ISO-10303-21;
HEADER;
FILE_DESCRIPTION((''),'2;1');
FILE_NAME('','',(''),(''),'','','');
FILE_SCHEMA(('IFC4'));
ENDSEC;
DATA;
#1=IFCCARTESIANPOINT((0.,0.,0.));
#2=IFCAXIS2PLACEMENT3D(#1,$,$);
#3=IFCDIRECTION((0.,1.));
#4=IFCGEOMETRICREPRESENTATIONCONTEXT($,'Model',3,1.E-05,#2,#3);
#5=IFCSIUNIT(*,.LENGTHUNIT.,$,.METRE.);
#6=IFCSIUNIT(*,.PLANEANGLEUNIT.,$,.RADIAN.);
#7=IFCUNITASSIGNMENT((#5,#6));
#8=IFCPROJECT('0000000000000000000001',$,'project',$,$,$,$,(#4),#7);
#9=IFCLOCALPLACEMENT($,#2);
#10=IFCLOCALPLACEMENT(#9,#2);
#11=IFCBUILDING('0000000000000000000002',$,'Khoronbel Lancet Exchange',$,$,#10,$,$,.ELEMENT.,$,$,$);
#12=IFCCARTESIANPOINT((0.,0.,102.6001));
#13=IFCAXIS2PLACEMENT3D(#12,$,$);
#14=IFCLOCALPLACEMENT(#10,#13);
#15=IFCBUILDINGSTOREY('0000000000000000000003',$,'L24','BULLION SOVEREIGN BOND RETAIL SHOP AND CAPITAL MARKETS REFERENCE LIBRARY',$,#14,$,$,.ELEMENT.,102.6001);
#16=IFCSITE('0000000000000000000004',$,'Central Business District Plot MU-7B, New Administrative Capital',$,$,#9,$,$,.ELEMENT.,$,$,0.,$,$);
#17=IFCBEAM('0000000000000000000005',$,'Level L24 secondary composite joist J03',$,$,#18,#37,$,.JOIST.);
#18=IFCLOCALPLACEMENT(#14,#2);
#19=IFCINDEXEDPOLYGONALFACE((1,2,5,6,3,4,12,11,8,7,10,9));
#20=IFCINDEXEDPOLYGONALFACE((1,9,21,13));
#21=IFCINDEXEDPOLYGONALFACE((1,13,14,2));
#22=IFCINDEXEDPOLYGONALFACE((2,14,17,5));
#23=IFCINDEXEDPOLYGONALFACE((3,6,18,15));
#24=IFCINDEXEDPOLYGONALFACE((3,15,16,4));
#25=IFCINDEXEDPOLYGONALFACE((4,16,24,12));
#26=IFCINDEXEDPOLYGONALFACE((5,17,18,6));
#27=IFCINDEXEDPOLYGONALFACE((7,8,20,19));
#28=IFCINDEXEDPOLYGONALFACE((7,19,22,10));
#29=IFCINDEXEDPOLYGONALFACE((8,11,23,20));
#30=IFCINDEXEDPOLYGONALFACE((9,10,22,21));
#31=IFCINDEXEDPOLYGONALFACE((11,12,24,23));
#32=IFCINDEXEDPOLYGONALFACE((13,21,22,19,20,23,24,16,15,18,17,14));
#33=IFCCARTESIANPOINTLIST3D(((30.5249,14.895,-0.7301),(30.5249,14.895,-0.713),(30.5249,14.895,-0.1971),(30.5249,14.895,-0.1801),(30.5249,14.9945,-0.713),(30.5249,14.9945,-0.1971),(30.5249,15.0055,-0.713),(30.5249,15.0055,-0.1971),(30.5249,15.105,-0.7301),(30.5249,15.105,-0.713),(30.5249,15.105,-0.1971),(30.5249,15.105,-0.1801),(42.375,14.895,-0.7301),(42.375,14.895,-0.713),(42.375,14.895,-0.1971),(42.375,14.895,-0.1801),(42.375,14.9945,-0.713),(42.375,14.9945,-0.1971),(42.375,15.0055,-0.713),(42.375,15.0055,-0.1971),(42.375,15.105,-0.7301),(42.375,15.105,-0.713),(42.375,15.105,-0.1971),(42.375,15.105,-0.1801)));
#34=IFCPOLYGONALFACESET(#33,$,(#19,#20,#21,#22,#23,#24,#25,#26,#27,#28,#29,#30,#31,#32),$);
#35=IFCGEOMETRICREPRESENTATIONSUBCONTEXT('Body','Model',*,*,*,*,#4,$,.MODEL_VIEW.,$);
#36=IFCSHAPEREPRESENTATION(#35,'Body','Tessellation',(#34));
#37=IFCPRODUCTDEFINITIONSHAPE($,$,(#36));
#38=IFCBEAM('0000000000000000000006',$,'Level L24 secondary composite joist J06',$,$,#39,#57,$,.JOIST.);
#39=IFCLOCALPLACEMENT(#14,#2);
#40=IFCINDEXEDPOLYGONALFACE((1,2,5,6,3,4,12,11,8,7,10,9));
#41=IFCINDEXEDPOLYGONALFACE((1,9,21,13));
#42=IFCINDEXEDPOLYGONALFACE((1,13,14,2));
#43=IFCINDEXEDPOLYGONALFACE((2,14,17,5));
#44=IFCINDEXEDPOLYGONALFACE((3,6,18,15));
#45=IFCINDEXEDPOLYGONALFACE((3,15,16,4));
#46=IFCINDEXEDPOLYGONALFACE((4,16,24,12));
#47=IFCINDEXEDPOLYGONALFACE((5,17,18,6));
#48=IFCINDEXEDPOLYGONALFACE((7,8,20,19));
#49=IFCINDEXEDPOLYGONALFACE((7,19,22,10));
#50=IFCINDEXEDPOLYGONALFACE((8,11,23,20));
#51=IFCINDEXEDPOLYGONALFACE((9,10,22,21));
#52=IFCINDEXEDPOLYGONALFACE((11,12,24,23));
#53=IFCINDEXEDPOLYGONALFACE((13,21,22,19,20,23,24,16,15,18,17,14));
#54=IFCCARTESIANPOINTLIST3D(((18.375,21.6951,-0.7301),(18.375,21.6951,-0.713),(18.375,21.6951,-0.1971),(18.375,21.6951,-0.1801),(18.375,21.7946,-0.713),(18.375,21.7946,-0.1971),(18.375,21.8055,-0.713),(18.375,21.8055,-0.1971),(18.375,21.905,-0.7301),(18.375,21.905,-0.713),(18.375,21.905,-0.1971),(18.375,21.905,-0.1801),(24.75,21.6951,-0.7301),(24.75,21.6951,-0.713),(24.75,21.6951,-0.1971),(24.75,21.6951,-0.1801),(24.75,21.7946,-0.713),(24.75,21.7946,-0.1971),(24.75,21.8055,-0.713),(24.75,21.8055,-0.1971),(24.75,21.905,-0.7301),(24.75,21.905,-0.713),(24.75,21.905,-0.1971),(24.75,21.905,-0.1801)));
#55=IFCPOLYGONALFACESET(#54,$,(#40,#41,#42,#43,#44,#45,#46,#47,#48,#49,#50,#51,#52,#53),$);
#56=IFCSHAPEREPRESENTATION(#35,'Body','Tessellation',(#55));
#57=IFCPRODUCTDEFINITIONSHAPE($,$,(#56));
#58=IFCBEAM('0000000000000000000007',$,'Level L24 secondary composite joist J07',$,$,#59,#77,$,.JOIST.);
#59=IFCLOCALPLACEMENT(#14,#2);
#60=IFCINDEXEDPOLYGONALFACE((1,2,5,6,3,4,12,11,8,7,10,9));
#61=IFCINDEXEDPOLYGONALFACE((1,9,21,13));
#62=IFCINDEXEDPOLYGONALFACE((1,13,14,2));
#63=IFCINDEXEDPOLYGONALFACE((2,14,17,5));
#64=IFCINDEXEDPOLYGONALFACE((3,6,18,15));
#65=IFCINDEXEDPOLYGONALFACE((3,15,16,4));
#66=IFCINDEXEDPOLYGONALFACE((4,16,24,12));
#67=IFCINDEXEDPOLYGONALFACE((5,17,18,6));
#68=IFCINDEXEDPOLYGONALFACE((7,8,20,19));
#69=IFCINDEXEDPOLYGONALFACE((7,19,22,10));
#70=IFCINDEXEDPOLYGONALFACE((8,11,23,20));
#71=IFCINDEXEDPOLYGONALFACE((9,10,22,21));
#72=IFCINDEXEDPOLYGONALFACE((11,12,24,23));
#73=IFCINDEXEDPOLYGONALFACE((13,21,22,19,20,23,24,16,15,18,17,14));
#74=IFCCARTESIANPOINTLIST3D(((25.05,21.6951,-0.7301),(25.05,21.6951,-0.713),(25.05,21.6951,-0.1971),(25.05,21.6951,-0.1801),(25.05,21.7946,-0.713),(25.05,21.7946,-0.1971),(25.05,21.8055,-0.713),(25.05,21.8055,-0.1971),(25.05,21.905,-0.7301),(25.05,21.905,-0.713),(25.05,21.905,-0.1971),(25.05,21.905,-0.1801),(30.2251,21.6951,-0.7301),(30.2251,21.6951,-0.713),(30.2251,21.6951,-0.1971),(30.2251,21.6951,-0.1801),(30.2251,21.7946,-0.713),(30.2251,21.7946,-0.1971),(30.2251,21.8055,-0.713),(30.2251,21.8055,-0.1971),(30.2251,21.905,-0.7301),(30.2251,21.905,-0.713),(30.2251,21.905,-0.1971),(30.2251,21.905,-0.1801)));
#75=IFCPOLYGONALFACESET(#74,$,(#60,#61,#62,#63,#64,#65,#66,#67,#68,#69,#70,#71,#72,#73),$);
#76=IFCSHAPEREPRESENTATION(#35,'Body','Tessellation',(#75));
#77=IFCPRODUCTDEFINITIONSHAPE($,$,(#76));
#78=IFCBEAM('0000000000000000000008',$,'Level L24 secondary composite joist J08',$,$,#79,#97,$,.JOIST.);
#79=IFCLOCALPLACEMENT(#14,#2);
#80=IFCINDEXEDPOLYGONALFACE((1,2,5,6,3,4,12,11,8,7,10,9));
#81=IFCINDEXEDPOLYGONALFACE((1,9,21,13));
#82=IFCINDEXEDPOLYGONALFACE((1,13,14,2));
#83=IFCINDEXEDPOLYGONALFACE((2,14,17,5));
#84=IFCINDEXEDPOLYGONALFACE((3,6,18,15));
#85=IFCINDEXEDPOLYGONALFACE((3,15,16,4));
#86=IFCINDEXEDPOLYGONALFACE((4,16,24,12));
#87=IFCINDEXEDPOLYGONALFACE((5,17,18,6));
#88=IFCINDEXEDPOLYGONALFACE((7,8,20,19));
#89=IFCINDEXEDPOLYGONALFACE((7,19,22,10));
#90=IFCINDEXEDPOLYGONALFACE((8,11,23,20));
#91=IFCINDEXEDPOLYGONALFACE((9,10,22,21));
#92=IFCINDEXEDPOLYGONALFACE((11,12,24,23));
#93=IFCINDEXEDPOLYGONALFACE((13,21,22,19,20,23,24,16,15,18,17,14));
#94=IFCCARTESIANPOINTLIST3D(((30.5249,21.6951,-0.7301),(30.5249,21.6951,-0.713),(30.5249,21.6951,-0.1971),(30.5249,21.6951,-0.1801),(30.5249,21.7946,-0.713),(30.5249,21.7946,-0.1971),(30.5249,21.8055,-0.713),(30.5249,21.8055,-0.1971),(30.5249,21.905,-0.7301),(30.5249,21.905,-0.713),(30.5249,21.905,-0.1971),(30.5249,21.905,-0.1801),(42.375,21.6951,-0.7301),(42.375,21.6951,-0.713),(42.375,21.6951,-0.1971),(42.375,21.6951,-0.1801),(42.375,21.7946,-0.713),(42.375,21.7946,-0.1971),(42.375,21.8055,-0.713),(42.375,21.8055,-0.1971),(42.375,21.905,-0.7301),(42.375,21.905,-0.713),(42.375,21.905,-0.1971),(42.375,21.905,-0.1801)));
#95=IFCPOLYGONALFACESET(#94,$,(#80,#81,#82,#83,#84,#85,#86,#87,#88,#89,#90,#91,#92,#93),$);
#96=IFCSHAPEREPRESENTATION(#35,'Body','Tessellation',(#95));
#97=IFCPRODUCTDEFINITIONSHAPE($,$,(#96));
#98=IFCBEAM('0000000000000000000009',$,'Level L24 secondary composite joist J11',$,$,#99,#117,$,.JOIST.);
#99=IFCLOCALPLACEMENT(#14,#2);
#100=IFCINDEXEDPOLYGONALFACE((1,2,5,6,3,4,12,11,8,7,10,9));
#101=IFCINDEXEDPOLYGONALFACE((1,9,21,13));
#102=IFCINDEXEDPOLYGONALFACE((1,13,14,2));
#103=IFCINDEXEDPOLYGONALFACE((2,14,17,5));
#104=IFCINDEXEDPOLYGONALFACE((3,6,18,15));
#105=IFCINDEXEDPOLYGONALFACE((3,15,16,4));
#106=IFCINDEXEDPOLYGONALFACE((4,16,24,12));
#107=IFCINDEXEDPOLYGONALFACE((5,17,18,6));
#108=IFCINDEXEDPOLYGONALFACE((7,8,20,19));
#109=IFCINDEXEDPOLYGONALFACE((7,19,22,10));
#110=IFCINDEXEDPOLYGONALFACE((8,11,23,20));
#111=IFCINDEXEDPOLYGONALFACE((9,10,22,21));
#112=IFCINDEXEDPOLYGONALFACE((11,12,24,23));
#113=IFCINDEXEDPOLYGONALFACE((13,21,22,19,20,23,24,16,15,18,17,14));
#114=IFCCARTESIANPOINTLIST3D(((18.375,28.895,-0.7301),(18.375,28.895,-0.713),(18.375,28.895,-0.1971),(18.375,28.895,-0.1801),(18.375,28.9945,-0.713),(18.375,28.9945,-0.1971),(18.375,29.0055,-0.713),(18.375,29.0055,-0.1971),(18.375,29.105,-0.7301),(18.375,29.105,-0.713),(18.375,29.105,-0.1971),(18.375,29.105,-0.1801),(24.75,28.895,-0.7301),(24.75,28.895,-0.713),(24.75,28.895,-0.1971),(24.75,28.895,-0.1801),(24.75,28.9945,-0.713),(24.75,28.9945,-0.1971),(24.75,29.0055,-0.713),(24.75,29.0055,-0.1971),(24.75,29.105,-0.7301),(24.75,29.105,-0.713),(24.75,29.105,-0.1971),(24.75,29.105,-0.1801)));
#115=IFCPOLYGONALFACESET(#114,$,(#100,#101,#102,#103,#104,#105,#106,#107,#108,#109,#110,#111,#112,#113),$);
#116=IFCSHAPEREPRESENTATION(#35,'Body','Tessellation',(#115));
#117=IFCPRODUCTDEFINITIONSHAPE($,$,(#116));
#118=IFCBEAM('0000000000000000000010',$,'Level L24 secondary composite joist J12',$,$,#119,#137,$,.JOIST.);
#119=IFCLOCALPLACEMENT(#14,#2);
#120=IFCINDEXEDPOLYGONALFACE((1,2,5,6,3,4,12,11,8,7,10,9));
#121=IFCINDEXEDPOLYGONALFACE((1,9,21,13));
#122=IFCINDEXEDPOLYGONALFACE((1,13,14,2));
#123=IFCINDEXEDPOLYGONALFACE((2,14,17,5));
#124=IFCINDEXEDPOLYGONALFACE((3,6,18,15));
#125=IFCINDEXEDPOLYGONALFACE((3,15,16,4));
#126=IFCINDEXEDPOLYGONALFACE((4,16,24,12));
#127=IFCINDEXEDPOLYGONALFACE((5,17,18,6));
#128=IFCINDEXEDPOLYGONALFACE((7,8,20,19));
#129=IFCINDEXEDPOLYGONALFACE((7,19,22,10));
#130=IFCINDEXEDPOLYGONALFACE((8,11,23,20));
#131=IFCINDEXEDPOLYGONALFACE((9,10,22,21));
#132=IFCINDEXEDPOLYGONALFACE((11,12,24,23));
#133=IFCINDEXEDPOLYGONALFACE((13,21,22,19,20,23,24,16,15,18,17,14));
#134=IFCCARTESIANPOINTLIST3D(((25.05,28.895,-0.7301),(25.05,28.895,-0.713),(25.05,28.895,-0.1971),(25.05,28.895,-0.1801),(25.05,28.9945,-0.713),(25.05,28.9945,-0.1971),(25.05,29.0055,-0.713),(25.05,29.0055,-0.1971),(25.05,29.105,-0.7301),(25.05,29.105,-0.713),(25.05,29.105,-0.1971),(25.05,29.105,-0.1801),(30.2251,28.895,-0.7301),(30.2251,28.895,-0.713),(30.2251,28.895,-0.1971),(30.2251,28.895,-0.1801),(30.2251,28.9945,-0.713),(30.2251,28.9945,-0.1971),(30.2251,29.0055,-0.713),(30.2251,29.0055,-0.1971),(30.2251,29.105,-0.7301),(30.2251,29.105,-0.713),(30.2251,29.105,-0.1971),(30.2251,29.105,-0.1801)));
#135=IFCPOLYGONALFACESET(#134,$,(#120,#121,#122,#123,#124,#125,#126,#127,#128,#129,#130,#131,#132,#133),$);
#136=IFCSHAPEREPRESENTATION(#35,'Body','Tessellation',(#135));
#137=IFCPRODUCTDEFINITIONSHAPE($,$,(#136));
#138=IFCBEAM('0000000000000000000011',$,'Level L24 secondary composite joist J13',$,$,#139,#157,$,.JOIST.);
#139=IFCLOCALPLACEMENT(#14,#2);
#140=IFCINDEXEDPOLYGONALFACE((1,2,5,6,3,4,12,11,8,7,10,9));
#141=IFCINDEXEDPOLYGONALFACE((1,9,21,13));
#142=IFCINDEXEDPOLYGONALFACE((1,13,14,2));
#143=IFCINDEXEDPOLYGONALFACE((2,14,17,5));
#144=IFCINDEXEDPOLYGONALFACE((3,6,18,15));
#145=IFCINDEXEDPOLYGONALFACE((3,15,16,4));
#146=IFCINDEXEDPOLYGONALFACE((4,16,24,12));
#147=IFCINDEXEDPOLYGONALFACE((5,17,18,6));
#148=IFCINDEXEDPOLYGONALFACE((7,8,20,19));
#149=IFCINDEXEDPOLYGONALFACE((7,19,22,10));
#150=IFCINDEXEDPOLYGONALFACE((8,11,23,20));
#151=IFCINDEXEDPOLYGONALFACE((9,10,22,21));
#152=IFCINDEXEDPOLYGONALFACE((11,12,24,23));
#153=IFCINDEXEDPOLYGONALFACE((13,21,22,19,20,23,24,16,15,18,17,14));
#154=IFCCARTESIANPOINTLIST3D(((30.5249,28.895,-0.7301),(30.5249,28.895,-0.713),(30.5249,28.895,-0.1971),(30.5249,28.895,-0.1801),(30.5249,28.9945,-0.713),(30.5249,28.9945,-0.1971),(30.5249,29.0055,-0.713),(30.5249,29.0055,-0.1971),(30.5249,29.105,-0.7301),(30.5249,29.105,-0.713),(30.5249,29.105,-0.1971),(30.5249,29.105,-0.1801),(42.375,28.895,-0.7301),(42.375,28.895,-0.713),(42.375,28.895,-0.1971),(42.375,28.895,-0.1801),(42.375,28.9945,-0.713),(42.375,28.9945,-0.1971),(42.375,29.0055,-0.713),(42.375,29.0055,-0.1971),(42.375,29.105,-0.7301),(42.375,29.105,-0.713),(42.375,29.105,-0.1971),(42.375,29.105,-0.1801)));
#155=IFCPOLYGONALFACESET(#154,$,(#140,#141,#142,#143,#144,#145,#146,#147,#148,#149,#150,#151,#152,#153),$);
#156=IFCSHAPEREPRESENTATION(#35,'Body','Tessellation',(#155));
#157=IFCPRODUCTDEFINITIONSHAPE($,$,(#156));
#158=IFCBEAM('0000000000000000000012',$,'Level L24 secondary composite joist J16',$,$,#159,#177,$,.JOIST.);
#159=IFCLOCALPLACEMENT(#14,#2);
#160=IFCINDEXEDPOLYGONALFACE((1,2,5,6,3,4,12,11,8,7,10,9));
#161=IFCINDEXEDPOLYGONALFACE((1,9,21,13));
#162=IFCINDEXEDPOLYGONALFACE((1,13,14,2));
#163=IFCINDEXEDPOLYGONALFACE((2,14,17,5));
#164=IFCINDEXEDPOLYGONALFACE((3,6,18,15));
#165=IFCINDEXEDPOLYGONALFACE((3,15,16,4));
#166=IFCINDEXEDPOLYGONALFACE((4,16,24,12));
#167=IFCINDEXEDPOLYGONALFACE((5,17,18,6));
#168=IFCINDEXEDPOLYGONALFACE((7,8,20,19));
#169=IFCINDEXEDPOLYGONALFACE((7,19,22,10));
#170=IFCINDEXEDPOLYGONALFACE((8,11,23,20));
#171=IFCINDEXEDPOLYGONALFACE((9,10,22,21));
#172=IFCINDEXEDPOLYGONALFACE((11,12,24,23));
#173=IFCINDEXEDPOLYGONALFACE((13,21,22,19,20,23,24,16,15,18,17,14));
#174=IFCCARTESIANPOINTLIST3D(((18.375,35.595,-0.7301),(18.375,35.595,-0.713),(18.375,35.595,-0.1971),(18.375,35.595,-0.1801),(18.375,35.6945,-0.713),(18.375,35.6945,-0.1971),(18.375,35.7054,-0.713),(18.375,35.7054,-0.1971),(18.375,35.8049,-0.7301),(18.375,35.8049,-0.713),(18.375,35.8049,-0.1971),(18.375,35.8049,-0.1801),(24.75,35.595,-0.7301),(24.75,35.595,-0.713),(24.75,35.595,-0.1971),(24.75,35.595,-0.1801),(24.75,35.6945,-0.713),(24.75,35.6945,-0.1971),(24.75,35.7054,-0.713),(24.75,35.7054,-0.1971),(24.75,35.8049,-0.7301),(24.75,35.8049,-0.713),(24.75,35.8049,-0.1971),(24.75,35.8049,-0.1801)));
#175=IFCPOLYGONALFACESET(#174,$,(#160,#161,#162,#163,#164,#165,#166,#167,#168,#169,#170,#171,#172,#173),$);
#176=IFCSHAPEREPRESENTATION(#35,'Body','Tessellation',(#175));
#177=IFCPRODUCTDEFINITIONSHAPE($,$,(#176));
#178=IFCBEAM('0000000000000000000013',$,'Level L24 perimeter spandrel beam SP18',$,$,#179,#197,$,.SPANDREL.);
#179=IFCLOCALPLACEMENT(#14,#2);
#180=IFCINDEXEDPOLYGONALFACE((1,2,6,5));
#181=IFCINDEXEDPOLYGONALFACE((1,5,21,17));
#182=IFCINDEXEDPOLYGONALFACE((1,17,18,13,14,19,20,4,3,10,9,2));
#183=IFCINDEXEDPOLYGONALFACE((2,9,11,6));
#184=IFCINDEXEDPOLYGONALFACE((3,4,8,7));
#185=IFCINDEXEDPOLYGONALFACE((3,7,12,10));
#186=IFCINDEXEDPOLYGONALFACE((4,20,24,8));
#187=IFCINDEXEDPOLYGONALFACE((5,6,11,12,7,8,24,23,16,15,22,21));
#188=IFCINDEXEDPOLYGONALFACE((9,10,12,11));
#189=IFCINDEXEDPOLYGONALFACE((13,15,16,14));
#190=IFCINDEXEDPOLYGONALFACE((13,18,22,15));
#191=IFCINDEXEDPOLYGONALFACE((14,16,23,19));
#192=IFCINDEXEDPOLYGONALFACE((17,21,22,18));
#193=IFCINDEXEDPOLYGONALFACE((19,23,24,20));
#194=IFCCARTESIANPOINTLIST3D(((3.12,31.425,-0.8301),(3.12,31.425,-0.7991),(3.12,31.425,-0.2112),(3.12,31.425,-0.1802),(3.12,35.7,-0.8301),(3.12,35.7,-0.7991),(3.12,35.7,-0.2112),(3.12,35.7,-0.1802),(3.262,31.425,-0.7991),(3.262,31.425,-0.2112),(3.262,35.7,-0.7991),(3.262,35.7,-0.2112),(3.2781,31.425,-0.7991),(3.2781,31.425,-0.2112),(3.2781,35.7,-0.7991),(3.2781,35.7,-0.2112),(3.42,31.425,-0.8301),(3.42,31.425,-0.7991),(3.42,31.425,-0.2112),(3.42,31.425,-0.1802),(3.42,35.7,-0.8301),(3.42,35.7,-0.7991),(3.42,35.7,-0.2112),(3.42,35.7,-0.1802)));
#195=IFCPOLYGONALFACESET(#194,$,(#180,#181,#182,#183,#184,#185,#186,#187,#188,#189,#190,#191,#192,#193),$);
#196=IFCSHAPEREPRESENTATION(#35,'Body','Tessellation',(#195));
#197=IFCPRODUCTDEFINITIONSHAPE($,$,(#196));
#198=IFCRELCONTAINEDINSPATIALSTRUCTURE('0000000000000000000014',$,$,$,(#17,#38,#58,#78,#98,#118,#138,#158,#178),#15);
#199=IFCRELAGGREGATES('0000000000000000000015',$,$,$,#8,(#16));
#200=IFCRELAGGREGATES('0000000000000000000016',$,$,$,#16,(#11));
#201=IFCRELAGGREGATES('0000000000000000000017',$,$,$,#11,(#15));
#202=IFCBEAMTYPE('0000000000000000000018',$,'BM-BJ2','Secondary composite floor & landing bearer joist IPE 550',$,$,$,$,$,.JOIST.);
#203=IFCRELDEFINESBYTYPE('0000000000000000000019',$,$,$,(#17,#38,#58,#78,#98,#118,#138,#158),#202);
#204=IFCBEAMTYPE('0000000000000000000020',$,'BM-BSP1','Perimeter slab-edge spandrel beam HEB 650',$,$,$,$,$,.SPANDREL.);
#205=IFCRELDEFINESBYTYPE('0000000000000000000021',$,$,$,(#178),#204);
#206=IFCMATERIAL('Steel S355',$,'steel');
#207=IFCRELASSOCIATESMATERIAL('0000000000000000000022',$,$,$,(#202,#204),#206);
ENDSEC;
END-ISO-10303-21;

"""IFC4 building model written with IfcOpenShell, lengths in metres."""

from ifc_helpers import new_model, si_unit, direction, frame, origin, origin_2d, place, context, subcontext, project, spatial, i_section, extrude, material, material_profile, profile_set, type_object, element, save


model = new_model("IFC4")

# Units and contexts
model_context = context("Model", 3, precision=1e-05, world=origin(), true_north=direction((0.0, 1.0)))
body_context = subcontext(model_context, "Body", "Model", "MODEL_VIEW")
ifc_project = project(units=[si_unit("LENGTHUNIT", "METRE"), si_unit("PLANEANGLEUNIT", "RADIAN")], contexts=[model_context])

# Site, building, storey
site_placement = place(None, origin())
site = spatial("IfcSite", under=ifc_project, at=site_placement, Name="Central Business District Plot MU-7B, New Administrative Capital", CompositionType="ELEMENT", RefElevation=0.0)
building_placement = place(site_placement, origin())
building = spatial("IfcBuilding", under=site, at=building_placement, Name="Khoronbel Lancet Exchange", CompositionType="ELEMENT")
storey_placement = place(building_placement, frame((0.0, 0.0, 102.6001)))
storey = spatial("IfcBuildingStorey", under=building, at=storey_placement, Name="L24", Description="BULLION SOVEREIGN BOND RETAIL SHOP AND CAPITAL MARKETS REFERENCE LIBRARY", CompositionType="ELEMENT", Elevation=102.6001)

# Shared definitions
ifc_material_1 = material(Name="Steel S355", Category="steel")

# Beams
ifc_material_profile_1 = material_profile(ifc_material_1, i_section(OverallWidth=0.21, OverallDepth=0.55, WebThickness=0.011, FlangeThickness=0.0171, at=origin_2d()), Name="IPE 550")
ifc_profile_set_1 = profile_set([ifc_material_profile_1], Name="Steel S355")
beam_type_1 = type_object("IfcBeamType", Name="BM-BJ2", Description="Secondary composite floor & landing bearer joist IPE 550", PredefinedType="JOIST", material=ifc_profile_set_1)
beam_1_placement = place(storey_placement, frame((30.5249, 15.0, -0.4551), z_axis=(1.0, 0.0, 0.0), x_axis=(0.0, 1.0, 0.0)))
element("IfcBeam", 1, at=beam_1_placement, inside=storey, type_object=beam_type_1, Name="Level L24 secondary composite joist J03", PredefinedType="JOIST", context=body_context, shape_type="SweptSolid", body=[
    extrude(i_section(OverallWidth=0.21, OverallDepth=0.55, WebThickness=0.011, FlangeThickness=0.0171, at=origin_2d()), origin(), (0.0, 0.0, 1.0), 11.8501),
])
beam_2_placement = place(storey_placement, frame((18.375, 21.8, -0.4551), z_axis=(1.0, 0.0, 0.0), x_axis=(0.0, 1.0, 0.0)))
element("IfcBeam", 2, at=beam_2_placement, inside=storey, type_object=beam_type_1, Name="Level L24 secondary composite joist J06", PredefinedType="JOIST", context=body_context, shape_type="SweptSolid", body=[
    extrude(i_section(OverallWidth=0.21, OverallDepth=0.55, WebThickness=0.011, FlangeThickness=0.0171, at=origin_2d()), origin(), (0.0, 0.0, 1.0), 6.375),
])
beam_3_placement = place(storey_placement, frame((25.05, 21.8, -0.4551), z_axis=(1.0, 0.0, 0.0), x_axis=(0.0, 1.0, 0.0)))
element("IfcBeam", 3, at=beam_3_placement, inside=storey, type_object=beam_type_1, Name="Level L24 secondary composite joist J07", PredefinedType="JOIST", context=body_context, shape_type="SweptSolid", body=[
    extrude(i_section(OverallWidth=0.21, OverallDepth=0.55, WebThickness=0.011, FlangeThickness=0.0171, at=origin_2d()), origin(), (0.0, 0.0, 1.0), 5.175),
])
beam_4_placement = place(storey_placement, frame((30.5249, 21.8, -0.4551), z_axis=(1.0, 0.0, 0.0), x_axis=(0.0, 1.0, 0.0)))
element("IfcBeam", 4, at=beam_4_placement, inside=storey, type_object=beam_type_1, Name="Level L24 secondary composite joist J08", PredefinedType="JOIST", context=body_context, shape_type="SweptSolid", body=[
    extrude(i_section(OverallWidth=0.21, OverallDepth=0.55, WebThickness=0.011, FlangeThickness=0.0171, at=origin_2d()), origin(), (0.0, 0.0, 1.0), 11.8501),
])
beam_5_placement = place(storey_placement, frame((18.375, 29.0, -0.4551), z_axis=(1.0, 0.0, 0.0), x_axis=(0.0, 1.0, 0.0)))
element("IfcBeam", 5, at=beam_5_placement, inside=storey, type_object=beam_type_1, Name="Level L24 secondary composite joist J11", PredefinedType="JOIST", context=body_context, shape_type="SweptSolid", body=[
    extrude(i_section(OverallWidth=0.21, OverallDepth=0.55, WebThickness=0.011, FlangeThickness=0.0171, at=origin_2d()), origin(), (0.0, 0.0, 1.0), 6.375),
])
beam_6_placement = place(storey_placement, frame((25.05, 29.0, -0.4551), z_axis=(1.0, 0.0, 0.0), x_axis=(0.0, 1.0, 0.0)))
element("IfcBeam", 6, at=beam_6_placement, inside=storey, type_object=beam_type_1, Name="Level L24 secondary composite joist J12", PredefinedType="JOIST", context=body_context, shape_type="SweptSolid", body=[
    extrude(i_section(OverallWidth=0.21, OverallDepth=0.55, WebThickness=0.011, FlangeThickness=0.0171, at=origin_2d()), origin(), (0.0, 0.0, 1.0), 5.175),
])
beam_7_placement = place(storey_placement, frame((30.5249, 29.0, -0.4551), z_axis=(1.0, 0.0, 0.0), x_axis=(0.0, 1.0, 0.0)))
element("IfcBeam", 7, at=beam_7_placement, inside=storey, type_object=beam_type_1, Name="Level L24 secondary composite joist J13", PredefinedType="JOIST", context=body_context, shape_type="SweptSolid", body=[
    extrude(i_section(OverallWidth=0.21, OverallDepth=0.55, WebThickness=0.011, FlangeThickness=0.0171, at=origin_2d()), origin(), (0.0, 0.0, 1.0), 11.8501),
])
beam_8_placement = place(storey_placement, frame((18.375, 35.7, -0.4551), z_axis=(1.0, 0.0, 0.0), x_axis=(0.0, 1.0, 0.0)))
element("IfcBeam", 8, at=beam_8_placement, inside=storey, type_object=beam_type_1, Name="Level L24 secondary composite joist J16", PredefinedType="JOIST", context=body_context, shape_type="SweptSolid", body=[
    extrude(i_section(OverallWidth=0.21, OverallDepth=0.55, WebThickness=0.011, FlangeThickness=0.0171, at=origin_2d()), origin(), (0.0, 0.0, 1.0), 6.375),
])
ifc_material_profile_2 = material_profile(ifc_material_1, i_section(OverallWidth=0.3, OverallDepth=0.6499, WebThickness=0.0161, FlangeThickness=0.031, at=origin_2d()), Name="HEB 650")
ifc_profile_set_2 = profile_set([ifc_material_profile_2], Name="Steel S355")
beam_type_2 = type_object("IfcBeamType", Name="BM-BSP1", Description="Perimeter slab-edge spandrel beam HEB 650", PredefinedType="SPANDREL", material=ifc_profile_set_2)
beam_9_placement = place(storey_placement, frame((3.27, 35.7, -0.5051), z_axis=(0.0, -1.0, 0.0), x_axis=(1.0, 0.0, 0.0)))
element("IfcBeam", 9, at=beam_9_placement, inside=storey, type_object=beam_type_2, Name="Level L24 perimeter spandrel beam SP18", PredefinedType="SPANDREL", context=body_context, shape_type="SweptSolid", body=[
    extrude(i_section(OverallWidth=0.3, OverallDepth=0.6499, WebThickness=0.0161, FlangeThickness=0.031, at=origin_2d()), origin(), (0.0, 0.0, 1.0), 4.2749),
])

save(model, "model.ifc")
